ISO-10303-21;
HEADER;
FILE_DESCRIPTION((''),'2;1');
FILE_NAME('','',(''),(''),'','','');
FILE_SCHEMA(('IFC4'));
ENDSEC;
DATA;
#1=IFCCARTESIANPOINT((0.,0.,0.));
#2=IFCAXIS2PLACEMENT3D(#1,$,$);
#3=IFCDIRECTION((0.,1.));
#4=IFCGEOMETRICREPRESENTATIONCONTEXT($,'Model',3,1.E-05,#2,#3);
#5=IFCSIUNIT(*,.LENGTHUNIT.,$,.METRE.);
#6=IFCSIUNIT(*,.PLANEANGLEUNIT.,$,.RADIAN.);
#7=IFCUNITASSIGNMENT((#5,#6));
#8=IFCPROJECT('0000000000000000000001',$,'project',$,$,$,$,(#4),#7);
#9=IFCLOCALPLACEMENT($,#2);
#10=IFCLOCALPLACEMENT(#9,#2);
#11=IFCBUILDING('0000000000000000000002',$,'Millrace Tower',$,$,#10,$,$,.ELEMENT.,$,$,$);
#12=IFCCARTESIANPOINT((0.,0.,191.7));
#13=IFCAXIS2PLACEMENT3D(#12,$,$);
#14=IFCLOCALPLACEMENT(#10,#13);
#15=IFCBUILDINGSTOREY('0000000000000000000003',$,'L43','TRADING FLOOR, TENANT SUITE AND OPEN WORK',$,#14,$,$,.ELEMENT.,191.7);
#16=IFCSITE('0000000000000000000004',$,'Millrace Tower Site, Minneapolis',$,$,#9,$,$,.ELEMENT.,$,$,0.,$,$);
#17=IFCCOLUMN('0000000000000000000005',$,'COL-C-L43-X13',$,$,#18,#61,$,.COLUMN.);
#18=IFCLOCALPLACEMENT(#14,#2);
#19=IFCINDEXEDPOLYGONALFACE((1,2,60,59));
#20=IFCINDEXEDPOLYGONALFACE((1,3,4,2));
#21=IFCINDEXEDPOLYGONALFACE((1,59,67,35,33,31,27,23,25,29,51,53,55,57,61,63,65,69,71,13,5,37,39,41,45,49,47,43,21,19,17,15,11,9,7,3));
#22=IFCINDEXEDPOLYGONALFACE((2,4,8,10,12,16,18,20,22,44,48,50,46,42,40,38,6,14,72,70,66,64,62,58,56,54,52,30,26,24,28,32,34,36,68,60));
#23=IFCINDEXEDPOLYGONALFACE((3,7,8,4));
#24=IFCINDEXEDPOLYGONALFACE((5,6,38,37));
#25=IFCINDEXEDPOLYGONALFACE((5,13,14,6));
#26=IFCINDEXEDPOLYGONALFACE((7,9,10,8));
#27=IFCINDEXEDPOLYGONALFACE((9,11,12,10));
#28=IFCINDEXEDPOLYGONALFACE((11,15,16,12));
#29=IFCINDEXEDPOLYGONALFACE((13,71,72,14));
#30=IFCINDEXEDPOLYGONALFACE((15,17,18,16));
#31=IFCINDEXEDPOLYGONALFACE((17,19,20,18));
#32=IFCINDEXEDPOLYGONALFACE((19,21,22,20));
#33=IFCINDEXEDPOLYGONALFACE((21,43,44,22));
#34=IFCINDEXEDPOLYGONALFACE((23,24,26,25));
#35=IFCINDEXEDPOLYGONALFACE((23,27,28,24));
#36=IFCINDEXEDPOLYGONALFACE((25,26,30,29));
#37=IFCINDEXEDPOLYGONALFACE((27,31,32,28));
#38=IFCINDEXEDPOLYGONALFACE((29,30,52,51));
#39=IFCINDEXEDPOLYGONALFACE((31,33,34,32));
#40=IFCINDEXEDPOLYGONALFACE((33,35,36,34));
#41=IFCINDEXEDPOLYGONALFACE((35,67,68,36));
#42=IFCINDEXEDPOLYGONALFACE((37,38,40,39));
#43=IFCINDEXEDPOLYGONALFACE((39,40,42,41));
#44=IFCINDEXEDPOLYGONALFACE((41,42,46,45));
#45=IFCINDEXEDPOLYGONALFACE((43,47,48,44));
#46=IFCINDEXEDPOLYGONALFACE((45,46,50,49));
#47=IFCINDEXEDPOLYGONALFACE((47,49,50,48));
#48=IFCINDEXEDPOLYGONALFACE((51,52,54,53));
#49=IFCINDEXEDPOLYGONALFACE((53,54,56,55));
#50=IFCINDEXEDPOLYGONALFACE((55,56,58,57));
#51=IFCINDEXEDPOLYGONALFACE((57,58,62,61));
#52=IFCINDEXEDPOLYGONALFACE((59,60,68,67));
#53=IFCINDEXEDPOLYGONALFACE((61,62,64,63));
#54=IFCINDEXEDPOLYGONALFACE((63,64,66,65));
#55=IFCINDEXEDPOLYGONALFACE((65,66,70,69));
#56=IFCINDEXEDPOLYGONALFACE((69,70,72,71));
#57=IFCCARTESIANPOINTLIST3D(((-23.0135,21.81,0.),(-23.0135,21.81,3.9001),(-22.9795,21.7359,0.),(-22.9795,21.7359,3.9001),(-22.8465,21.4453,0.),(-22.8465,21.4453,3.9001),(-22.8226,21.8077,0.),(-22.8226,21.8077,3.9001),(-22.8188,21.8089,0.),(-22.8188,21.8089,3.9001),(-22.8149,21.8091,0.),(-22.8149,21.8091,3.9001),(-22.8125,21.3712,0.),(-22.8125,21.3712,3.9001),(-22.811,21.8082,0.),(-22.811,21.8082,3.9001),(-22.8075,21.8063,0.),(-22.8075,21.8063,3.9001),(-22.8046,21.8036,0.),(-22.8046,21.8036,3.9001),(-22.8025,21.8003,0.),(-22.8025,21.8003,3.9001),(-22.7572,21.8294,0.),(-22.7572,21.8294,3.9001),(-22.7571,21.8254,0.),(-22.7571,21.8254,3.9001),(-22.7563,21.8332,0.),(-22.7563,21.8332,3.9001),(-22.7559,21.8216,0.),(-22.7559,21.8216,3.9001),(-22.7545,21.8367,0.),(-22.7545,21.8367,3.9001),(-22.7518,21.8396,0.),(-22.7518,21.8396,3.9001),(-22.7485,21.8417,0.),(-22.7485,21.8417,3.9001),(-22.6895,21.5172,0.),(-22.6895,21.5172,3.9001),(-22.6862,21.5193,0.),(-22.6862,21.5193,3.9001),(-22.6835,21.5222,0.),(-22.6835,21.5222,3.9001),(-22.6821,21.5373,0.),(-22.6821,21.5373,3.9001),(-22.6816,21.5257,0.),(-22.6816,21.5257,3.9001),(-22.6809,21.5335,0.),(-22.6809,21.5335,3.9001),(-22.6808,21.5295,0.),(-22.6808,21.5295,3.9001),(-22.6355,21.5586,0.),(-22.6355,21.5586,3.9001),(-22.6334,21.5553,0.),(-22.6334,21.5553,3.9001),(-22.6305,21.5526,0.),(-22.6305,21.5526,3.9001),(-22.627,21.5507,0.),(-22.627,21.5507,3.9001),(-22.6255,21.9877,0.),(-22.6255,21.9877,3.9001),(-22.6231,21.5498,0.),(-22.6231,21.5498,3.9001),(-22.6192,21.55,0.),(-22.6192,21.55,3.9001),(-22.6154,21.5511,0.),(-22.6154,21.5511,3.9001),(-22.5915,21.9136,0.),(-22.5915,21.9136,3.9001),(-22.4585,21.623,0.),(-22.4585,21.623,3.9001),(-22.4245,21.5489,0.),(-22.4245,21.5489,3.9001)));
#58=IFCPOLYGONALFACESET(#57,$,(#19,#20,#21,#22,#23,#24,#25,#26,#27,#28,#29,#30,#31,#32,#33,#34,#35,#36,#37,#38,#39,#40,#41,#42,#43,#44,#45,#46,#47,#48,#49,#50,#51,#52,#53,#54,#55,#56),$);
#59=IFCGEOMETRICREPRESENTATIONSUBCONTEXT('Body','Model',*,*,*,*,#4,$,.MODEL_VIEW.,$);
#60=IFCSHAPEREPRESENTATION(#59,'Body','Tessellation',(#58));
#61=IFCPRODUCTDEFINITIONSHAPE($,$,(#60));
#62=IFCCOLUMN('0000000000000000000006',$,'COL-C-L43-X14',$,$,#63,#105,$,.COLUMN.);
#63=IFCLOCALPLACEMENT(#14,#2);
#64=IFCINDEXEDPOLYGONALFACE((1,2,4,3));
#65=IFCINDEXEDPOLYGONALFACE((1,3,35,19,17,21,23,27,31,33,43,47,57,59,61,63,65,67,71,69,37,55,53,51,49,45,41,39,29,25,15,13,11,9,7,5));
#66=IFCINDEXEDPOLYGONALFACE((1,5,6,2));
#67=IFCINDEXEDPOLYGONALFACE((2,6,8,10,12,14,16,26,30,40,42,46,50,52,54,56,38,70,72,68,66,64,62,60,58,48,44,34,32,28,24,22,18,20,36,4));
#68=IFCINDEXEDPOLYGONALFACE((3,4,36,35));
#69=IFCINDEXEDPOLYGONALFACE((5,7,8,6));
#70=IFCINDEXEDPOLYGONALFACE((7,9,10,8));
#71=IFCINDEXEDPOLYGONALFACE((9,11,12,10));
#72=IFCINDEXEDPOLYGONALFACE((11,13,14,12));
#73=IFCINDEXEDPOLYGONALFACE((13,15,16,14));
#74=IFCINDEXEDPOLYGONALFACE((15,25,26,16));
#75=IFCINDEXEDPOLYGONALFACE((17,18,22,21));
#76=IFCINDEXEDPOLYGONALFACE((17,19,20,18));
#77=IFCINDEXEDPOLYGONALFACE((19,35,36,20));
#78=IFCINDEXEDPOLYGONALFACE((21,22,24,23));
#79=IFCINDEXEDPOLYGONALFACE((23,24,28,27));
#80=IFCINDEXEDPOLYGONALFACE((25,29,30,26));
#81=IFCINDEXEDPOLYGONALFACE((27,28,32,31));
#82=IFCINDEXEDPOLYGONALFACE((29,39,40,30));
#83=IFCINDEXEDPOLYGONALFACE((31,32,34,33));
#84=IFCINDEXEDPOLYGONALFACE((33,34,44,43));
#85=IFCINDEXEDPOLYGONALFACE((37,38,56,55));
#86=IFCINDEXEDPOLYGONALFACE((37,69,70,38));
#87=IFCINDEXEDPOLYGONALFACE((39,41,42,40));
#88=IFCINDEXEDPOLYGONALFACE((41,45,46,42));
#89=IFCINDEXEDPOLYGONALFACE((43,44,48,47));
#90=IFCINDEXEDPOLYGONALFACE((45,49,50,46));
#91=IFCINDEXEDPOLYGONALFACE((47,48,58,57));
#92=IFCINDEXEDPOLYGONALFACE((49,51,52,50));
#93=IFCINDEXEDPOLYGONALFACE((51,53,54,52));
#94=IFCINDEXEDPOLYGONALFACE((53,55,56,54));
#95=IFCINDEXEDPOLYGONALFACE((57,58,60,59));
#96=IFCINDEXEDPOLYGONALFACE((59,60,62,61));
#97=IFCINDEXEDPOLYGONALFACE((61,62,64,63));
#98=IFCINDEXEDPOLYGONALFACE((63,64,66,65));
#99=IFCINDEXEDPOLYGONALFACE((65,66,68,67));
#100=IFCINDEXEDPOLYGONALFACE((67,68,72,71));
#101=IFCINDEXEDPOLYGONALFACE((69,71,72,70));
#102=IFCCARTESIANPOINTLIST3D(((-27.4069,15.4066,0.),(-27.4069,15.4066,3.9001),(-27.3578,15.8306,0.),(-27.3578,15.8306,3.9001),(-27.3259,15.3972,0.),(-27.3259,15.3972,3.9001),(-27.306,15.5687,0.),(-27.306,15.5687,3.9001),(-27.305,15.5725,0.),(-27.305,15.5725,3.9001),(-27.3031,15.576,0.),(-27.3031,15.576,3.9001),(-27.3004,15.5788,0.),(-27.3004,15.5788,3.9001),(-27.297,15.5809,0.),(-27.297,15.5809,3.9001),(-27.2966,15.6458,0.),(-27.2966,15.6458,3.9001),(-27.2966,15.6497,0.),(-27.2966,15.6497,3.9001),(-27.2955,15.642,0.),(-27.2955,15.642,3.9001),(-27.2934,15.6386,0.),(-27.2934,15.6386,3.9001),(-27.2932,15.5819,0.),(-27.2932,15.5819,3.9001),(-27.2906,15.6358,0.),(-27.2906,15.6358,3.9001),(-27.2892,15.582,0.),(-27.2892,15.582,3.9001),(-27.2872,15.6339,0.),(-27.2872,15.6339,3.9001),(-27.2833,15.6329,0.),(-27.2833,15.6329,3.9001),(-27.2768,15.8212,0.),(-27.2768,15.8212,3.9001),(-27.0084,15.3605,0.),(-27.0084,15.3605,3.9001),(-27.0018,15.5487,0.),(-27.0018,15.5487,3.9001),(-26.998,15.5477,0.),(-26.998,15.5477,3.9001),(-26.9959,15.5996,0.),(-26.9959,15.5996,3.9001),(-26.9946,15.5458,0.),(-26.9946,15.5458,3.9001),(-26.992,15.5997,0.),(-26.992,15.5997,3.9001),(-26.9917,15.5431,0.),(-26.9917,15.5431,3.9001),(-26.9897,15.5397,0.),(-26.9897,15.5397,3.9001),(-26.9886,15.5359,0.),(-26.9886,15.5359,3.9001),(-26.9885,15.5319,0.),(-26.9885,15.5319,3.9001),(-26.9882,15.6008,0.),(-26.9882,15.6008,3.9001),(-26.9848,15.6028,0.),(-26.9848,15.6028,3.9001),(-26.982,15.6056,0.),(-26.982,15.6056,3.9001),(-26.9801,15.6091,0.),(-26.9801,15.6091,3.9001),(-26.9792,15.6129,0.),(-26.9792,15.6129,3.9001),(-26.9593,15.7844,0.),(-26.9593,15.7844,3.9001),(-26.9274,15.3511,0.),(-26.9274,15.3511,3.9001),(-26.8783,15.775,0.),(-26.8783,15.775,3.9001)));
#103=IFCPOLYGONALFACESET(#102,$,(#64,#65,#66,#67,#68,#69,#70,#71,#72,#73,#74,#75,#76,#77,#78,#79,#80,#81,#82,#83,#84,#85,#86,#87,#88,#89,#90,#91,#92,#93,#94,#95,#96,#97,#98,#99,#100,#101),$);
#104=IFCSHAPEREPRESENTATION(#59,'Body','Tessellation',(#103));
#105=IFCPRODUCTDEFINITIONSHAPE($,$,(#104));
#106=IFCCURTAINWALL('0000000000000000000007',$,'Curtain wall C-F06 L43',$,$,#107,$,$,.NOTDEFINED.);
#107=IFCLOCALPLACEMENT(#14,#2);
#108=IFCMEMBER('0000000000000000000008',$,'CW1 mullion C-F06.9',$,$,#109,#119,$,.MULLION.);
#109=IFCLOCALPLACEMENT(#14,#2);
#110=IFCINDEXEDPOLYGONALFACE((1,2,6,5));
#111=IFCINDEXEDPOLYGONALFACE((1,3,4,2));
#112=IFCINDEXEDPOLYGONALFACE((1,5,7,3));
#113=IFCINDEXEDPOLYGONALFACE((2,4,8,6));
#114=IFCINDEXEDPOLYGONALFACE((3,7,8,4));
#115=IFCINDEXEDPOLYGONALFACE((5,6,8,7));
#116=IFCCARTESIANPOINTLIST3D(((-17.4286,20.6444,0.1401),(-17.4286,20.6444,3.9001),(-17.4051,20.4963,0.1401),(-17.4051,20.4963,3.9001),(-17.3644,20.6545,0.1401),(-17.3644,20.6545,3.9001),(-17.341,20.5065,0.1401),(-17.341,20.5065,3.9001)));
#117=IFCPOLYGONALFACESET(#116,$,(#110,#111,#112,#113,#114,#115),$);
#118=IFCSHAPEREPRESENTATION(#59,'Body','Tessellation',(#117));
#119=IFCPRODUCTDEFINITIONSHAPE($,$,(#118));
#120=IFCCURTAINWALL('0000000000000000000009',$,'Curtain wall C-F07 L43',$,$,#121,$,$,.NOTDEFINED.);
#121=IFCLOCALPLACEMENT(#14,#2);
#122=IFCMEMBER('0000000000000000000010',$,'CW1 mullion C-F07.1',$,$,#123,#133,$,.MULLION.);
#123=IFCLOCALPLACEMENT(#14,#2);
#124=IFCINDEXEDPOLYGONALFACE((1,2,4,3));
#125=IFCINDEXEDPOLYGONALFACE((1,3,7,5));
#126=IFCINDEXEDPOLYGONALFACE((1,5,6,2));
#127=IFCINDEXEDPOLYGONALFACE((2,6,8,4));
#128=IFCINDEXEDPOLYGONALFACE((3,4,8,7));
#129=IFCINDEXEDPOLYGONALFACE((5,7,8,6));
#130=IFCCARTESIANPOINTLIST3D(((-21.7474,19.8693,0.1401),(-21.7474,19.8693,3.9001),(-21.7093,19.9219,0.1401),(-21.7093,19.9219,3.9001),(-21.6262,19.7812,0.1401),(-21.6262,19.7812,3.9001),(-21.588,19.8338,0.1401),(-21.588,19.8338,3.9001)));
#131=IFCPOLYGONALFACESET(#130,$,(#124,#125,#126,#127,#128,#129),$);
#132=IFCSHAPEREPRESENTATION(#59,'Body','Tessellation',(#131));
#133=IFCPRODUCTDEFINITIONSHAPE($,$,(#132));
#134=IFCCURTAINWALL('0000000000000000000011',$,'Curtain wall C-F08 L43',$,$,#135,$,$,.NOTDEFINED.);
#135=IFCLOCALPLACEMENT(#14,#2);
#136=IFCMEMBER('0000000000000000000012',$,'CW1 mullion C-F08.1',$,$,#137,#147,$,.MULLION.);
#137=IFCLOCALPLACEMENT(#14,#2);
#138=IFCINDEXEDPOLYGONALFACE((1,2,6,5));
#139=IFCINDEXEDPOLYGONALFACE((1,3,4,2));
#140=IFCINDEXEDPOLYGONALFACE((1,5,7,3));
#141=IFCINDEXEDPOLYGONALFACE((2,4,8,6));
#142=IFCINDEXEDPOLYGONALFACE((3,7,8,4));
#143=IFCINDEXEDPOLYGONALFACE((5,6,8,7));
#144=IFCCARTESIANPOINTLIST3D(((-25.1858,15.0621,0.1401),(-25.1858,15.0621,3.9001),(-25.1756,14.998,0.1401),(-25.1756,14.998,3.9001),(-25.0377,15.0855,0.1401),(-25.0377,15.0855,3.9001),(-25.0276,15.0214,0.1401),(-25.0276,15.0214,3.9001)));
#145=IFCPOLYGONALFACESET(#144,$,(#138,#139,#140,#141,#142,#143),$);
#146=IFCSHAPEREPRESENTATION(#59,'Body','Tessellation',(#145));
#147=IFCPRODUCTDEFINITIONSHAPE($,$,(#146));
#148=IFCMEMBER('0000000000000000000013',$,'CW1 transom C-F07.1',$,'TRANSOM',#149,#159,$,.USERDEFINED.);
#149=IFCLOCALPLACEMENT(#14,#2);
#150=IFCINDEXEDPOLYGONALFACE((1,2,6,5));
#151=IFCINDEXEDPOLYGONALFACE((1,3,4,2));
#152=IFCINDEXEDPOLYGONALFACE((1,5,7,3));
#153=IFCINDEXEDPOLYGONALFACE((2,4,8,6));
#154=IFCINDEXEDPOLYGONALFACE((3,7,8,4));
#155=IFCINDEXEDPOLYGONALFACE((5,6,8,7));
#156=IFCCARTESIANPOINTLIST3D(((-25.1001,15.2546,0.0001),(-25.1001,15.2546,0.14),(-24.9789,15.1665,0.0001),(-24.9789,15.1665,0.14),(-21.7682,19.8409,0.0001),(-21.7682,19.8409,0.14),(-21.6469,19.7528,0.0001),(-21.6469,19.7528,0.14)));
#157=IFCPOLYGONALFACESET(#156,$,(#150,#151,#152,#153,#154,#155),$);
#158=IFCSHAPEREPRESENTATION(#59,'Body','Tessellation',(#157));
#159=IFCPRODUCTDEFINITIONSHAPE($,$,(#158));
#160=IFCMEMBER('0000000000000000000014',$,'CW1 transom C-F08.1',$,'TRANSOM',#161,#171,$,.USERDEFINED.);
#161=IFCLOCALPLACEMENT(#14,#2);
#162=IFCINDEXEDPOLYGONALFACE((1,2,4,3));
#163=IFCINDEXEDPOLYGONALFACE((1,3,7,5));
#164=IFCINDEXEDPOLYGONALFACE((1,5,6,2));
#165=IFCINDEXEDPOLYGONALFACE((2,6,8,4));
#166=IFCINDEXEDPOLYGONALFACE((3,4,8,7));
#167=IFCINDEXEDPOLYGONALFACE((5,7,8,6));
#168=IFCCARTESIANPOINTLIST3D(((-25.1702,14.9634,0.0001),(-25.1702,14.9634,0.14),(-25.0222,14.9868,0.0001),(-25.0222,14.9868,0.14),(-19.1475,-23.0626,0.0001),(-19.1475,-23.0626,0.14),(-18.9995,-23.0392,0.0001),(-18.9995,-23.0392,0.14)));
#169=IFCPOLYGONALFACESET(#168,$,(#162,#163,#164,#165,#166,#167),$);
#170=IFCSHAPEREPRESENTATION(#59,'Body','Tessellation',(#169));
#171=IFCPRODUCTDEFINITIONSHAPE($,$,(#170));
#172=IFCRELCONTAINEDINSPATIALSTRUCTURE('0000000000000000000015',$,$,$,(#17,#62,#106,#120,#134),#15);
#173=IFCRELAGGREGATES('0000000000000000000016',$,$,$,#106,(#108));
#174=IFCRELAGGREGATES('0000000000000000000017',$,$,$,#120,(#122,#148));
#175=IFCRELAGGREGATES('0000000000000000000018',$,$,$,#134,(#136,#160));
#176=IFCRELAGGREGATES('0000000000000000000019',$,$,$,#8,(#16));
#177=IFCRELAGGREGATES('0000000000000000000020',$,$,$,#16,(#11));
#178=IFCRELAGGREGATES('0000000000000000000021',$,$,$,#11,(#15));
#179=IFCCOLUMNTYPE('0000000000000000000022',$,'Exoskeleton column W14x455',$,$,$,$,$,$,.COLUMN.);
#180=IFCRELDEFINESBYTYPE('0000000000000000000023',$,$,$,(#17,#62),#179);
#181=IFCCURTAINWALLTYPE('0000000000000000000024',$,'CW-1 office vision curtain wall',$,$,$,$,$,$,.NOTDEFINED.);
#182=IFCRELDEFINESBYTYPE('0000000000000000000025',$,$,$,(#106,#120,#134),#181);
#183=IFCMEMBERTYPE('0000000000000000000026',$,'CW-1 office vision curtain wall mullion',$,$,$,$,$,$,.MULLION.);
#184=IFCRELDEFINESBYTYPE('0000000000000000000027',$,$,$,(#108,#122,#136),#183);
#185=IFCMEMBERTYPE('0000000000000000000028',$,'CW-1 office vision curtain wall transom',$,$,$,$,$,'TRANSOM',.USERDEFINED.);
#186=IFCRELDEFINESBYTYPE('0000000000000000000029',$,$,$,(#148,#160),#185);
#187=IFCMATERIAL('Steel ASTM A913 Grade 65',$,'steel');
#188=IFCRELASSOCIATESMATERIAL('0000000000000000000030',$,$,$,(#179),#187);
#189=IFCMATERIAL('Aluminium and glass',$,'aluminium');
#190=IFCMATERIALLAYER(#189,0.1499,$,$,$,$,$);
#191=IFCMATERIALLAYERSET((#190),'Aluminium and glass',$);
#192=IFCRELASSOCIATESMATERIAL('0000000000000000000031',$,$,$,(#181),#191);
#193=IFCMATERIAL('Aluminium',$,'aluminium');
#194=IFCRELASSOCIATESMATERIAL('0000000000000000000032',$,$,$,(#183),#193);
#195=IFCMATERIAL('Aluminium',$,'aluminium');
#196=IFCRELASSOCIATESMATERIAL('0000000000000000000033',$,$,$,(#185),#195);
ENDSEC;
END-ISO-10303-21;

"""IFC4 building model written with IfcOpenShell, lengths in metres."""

from ifc_helpers import new_model, si_unit, direction, frame, origin, origin_2d, place, context, subcontext, project, spatial, rectangle, i_section, extrude, material, layer, layer_set, material_profile, profile_set, type_object, element, aggregate, save


model = new_model("IFC4")

# Units and contexts
model_context = context("Model", 3, precision=1e-05, world=origin(), true_north=direction((0.0, 1.0)))
body_context = subcontext(model_context, "Body", "Model", "MODEL_VIEW")
ifc_project = project(units=[si_unit("LENGTHUNIT", "METRE"), si_unit("PLANEANGLEUNIT", "RADIAN")], contexts=[model_context])

# Site, building, storey
site_placement = place(None, origin())
site = spatial("IfcSite", under=ifc_project, at=site_placement, Name="Millrace Tower Site, Minneapolis", CompositionType="ELEMENT", RefElevation=0.0)
building_placement = place(site_placement, origin())
building = spatial("IfcBuilding", under=site, at=building_placement, Name="Millrace Tower", CompositionType="ELEMENT")
storey_placement = place(building_placement, frame((0.0, 0.0, 191.7)))
storey = spatial("IfcBuildingStorey", under=building, at=storey_placement, Name="L43", Description="TRADING FLOOR, TENANT SUITE AND OPEN WORK", CompositionType="ELEMENT", Elevation=191.7)

# Columns
ifc_material_1 = material(Name="Steel ASTM A913 Grade 65", Category="steel")
ifc_material_profile_1 = material_profile(ifc_material_1, i_section(OverallWidth=0.4268, OverallDepth=0.4827, WebThickness=0.0513, FlangeThickness=0.0815, FilletRadius=0.0151, at=origin_2d()))
ifc_profile_set_1 = profile_set([ifc_material_profile_1], Name="Steel ASTM A913 Grade 65")
column_type = type_object("IfcColumnType", Name="Exoskeleton column W14x455", PredefinedType="COLUMN", material=ifc_profile_set_1)
for number, where, z_axis, x_axis, name in (
    (1, (-22.719, 21.6794, 0.0), (0.0, 0.0, 1.0), (-0.909181, -0.416401, 0.0), "COL-C-L43-X13"),
    (2, (-27.1426, 15.5908, 0.0), (0.0, 0.0, 1.0), (-0.115069, -0.993358, 0.0), "COL-C-L43-X14"),
):
    element("IfcColumn", number, at=place(storey_placement, frame(where, z_axis=z_axis, x_axis=x_axis)), inside=storey, type_object=column_type, Name=name, PredefinedType="COLUMN", context=body_context, shape_type="SweptSolid", body=[
        extrude(i_section(OverallWidth=0.4268, OverallDepth=0.4827, WebThickness=0.0513, FlangeThickness=0.0815, FilletRadius=0.0151, at=origin_2d()), origin(), (0.0, 0.0, 1.0), 3.9001),
    ])

# Curtain walls, members
ifc_material_2 = material(Name="Aluminium and glass", Category="aluminium")
ifc_layer_1 = layer(ifc_material_2, 0.1499)
ifc_layer_set_1 = layer_set([ifc_layer_1], Name="Aluminium and glass")
curtain_wall_type = type_object("IfcCurtainWallType", Name="CW-1 office vision curtain wall", PredefinedType="NOTDEFINED", material=ifc_layer_set_1)
placement = place(storey_placement, origin())
curtain_wall_1 = element("IfcCurtainWall", 3, at=placement, inside=storey, type_object=curtain_wall_type, Name="Curtain wall C-F06 L43", PredefinedType="NOTDEFINED")
ifc_material_3 = material(Name="Aluminium", Category="aluminium")
ifc_material_profile_2 = material_profile(ifc_material_3, rectangle(XDim=0.0649, YDim=0.1499, at=origin_2d()))
ifc_profile_set_2 = profile_set([ifc_material_profile_2], Name="Aluminium")
member_type_1 = type_object("IfcMemberType", Name="CW-1 office vision curtain wall mullion", PredefinedType="MULLION", material=ifc_profile_set_2)
member_1_placement = place(storey_placement, frame((-17.3848, 20.5754, 0.1401), z_axis=(0.0, 0.0, 1.0), x_axis=(-0.987688, -0.156434, 0.0)))
member_1 = element("IfcMember", 4, at=member_1_placement, type_object=member_type_1, Name="CW1 mullion C-F06.9", PredefinedType="MULLION", context=body_context, shape_type="SweptSolid", body=[
    extrude(rectangle(XDim=0.0649, YDim=0.1499, at=origin_2d()), origin(), (0.0, 0.0, 1.0), 3.76),
])
aggregate(curtain_wall_1, [member_1])
curtain_wall_2 = element("IfcCurtainWall", 5, at=placement, inside=storey, type_object=curtain_wall_type, Name="Curtain wall C-F07 L43", PredefinedType="NOTDEFINED")
member_2_placement = place(storey_placement, frame((-21.6677, 19.8516, 0.1401), z_axis=(0.0, 0.0, 1.0), x_axis=(-0.587785, -0.809017, 0.0)))
member_2 = element("IfcMember", 6, at=member_2_placement, type_object=member_type_1, Name="CW1 mullion C-F07.1", PredefinedType="MULLION", context=body_context, shape_type="SweptSolid", body=[
    extrude(rectangle(XDim=0.0649, YDim=0.1499, at=origin_2d()), origin(), (0.0, 0.0, 1.0), 3.76),
])
curtain_wall_3 = element("IfcCurtainWall", 7, at=placement, inside=storey, type_object=curtain_wall_type, Name="Curtain wall C-F08 L43", PredefinedType="NOTDEFINED")
member_3_placement = place(storey_placement, frame((-25.1067, 15.0417, 0.1401), z_axis=(0.0, 0.0, 1.0), x_axis=(0.156434, -0.987688, 0.0)))
member_3 = element("IfcMember", 8, at=member_3_placement, type_object=member_type_1, Name="CW1 mullion C-F08.1", PredefinedType="MULLION", context=body_context, shape_type="SweptSolid", body=[
    extrude(rectangle(XDim=0.0649, YDim=0.1499, at=origin_2d()), origin(), (0.0, 0.0, 1.0), 3.76),
])

# Members
ifc_material_4 = material(Name="Aluminium", Category="aluminium")
ifc_material_profile_3 = material_profile(ifc_material_4, rectangle(XDim=0.1499, YDim=0.1399, at=origin_2d()))
ifc_profile_set_3 = profile_set([ifc_material_profile_3], Name="Aluminium")
member_type_2 = type_object("IfcMemberType", Name="CW-1 office vision curtain wall transom", ElementType="TRANSOM", PredefinedType="USERDEFINED", material=ifc_profile_set_3)
member_4_placement = place(storey_placement, frame((-21.7075, 19.7969, 0.0701), z_axis=(-0.587762, -0.809034, 0.0), x_axis=(0.809034, -0.587762, 0.0)))
member_4 = element("IfcMember", 9, at=member_4_placement, type_object=member_type_2, Name="CW1 transom C-F07.1", ObjectType="TRANSOM", PredefinedType="USERDEFINED", context=body_context, shape_type="SweptSolid", body=[
    extrude(rectangle(XDim=0.1499, YDim=0.1399, at=origin_2d()), origin(), (0.0, 0.0, 1.0), 5.6689),
])
aggregate(curtain_wall_2, [member_2, member_4])
member_5_placement = place(storey_placement, frame((-25.0962, 14.9751, 0.0701), z_axis=(0.156433, -0.987689, 0.0), x_axis=(0.987689, 0.156433, 0.0)))
member_5 = element("IfcMember", 10, at=member_5_placement, type_object=member_type_2, Name="CW1 transom C-F08.1", ObjectType="TRANSOM", PredefinedType="USERDEFINED", context=body_context, shape_type="SweptSolid", body=[
    extrude(rectangle(XDim=0.1499, YDim=0.1399, at=origin_2d()), origin(), (0.0, 0.0, 1.0), 38.5),
])
aggregate(curtain_wall_3, [member_3, member_5])

save(model, "model.ifc")
